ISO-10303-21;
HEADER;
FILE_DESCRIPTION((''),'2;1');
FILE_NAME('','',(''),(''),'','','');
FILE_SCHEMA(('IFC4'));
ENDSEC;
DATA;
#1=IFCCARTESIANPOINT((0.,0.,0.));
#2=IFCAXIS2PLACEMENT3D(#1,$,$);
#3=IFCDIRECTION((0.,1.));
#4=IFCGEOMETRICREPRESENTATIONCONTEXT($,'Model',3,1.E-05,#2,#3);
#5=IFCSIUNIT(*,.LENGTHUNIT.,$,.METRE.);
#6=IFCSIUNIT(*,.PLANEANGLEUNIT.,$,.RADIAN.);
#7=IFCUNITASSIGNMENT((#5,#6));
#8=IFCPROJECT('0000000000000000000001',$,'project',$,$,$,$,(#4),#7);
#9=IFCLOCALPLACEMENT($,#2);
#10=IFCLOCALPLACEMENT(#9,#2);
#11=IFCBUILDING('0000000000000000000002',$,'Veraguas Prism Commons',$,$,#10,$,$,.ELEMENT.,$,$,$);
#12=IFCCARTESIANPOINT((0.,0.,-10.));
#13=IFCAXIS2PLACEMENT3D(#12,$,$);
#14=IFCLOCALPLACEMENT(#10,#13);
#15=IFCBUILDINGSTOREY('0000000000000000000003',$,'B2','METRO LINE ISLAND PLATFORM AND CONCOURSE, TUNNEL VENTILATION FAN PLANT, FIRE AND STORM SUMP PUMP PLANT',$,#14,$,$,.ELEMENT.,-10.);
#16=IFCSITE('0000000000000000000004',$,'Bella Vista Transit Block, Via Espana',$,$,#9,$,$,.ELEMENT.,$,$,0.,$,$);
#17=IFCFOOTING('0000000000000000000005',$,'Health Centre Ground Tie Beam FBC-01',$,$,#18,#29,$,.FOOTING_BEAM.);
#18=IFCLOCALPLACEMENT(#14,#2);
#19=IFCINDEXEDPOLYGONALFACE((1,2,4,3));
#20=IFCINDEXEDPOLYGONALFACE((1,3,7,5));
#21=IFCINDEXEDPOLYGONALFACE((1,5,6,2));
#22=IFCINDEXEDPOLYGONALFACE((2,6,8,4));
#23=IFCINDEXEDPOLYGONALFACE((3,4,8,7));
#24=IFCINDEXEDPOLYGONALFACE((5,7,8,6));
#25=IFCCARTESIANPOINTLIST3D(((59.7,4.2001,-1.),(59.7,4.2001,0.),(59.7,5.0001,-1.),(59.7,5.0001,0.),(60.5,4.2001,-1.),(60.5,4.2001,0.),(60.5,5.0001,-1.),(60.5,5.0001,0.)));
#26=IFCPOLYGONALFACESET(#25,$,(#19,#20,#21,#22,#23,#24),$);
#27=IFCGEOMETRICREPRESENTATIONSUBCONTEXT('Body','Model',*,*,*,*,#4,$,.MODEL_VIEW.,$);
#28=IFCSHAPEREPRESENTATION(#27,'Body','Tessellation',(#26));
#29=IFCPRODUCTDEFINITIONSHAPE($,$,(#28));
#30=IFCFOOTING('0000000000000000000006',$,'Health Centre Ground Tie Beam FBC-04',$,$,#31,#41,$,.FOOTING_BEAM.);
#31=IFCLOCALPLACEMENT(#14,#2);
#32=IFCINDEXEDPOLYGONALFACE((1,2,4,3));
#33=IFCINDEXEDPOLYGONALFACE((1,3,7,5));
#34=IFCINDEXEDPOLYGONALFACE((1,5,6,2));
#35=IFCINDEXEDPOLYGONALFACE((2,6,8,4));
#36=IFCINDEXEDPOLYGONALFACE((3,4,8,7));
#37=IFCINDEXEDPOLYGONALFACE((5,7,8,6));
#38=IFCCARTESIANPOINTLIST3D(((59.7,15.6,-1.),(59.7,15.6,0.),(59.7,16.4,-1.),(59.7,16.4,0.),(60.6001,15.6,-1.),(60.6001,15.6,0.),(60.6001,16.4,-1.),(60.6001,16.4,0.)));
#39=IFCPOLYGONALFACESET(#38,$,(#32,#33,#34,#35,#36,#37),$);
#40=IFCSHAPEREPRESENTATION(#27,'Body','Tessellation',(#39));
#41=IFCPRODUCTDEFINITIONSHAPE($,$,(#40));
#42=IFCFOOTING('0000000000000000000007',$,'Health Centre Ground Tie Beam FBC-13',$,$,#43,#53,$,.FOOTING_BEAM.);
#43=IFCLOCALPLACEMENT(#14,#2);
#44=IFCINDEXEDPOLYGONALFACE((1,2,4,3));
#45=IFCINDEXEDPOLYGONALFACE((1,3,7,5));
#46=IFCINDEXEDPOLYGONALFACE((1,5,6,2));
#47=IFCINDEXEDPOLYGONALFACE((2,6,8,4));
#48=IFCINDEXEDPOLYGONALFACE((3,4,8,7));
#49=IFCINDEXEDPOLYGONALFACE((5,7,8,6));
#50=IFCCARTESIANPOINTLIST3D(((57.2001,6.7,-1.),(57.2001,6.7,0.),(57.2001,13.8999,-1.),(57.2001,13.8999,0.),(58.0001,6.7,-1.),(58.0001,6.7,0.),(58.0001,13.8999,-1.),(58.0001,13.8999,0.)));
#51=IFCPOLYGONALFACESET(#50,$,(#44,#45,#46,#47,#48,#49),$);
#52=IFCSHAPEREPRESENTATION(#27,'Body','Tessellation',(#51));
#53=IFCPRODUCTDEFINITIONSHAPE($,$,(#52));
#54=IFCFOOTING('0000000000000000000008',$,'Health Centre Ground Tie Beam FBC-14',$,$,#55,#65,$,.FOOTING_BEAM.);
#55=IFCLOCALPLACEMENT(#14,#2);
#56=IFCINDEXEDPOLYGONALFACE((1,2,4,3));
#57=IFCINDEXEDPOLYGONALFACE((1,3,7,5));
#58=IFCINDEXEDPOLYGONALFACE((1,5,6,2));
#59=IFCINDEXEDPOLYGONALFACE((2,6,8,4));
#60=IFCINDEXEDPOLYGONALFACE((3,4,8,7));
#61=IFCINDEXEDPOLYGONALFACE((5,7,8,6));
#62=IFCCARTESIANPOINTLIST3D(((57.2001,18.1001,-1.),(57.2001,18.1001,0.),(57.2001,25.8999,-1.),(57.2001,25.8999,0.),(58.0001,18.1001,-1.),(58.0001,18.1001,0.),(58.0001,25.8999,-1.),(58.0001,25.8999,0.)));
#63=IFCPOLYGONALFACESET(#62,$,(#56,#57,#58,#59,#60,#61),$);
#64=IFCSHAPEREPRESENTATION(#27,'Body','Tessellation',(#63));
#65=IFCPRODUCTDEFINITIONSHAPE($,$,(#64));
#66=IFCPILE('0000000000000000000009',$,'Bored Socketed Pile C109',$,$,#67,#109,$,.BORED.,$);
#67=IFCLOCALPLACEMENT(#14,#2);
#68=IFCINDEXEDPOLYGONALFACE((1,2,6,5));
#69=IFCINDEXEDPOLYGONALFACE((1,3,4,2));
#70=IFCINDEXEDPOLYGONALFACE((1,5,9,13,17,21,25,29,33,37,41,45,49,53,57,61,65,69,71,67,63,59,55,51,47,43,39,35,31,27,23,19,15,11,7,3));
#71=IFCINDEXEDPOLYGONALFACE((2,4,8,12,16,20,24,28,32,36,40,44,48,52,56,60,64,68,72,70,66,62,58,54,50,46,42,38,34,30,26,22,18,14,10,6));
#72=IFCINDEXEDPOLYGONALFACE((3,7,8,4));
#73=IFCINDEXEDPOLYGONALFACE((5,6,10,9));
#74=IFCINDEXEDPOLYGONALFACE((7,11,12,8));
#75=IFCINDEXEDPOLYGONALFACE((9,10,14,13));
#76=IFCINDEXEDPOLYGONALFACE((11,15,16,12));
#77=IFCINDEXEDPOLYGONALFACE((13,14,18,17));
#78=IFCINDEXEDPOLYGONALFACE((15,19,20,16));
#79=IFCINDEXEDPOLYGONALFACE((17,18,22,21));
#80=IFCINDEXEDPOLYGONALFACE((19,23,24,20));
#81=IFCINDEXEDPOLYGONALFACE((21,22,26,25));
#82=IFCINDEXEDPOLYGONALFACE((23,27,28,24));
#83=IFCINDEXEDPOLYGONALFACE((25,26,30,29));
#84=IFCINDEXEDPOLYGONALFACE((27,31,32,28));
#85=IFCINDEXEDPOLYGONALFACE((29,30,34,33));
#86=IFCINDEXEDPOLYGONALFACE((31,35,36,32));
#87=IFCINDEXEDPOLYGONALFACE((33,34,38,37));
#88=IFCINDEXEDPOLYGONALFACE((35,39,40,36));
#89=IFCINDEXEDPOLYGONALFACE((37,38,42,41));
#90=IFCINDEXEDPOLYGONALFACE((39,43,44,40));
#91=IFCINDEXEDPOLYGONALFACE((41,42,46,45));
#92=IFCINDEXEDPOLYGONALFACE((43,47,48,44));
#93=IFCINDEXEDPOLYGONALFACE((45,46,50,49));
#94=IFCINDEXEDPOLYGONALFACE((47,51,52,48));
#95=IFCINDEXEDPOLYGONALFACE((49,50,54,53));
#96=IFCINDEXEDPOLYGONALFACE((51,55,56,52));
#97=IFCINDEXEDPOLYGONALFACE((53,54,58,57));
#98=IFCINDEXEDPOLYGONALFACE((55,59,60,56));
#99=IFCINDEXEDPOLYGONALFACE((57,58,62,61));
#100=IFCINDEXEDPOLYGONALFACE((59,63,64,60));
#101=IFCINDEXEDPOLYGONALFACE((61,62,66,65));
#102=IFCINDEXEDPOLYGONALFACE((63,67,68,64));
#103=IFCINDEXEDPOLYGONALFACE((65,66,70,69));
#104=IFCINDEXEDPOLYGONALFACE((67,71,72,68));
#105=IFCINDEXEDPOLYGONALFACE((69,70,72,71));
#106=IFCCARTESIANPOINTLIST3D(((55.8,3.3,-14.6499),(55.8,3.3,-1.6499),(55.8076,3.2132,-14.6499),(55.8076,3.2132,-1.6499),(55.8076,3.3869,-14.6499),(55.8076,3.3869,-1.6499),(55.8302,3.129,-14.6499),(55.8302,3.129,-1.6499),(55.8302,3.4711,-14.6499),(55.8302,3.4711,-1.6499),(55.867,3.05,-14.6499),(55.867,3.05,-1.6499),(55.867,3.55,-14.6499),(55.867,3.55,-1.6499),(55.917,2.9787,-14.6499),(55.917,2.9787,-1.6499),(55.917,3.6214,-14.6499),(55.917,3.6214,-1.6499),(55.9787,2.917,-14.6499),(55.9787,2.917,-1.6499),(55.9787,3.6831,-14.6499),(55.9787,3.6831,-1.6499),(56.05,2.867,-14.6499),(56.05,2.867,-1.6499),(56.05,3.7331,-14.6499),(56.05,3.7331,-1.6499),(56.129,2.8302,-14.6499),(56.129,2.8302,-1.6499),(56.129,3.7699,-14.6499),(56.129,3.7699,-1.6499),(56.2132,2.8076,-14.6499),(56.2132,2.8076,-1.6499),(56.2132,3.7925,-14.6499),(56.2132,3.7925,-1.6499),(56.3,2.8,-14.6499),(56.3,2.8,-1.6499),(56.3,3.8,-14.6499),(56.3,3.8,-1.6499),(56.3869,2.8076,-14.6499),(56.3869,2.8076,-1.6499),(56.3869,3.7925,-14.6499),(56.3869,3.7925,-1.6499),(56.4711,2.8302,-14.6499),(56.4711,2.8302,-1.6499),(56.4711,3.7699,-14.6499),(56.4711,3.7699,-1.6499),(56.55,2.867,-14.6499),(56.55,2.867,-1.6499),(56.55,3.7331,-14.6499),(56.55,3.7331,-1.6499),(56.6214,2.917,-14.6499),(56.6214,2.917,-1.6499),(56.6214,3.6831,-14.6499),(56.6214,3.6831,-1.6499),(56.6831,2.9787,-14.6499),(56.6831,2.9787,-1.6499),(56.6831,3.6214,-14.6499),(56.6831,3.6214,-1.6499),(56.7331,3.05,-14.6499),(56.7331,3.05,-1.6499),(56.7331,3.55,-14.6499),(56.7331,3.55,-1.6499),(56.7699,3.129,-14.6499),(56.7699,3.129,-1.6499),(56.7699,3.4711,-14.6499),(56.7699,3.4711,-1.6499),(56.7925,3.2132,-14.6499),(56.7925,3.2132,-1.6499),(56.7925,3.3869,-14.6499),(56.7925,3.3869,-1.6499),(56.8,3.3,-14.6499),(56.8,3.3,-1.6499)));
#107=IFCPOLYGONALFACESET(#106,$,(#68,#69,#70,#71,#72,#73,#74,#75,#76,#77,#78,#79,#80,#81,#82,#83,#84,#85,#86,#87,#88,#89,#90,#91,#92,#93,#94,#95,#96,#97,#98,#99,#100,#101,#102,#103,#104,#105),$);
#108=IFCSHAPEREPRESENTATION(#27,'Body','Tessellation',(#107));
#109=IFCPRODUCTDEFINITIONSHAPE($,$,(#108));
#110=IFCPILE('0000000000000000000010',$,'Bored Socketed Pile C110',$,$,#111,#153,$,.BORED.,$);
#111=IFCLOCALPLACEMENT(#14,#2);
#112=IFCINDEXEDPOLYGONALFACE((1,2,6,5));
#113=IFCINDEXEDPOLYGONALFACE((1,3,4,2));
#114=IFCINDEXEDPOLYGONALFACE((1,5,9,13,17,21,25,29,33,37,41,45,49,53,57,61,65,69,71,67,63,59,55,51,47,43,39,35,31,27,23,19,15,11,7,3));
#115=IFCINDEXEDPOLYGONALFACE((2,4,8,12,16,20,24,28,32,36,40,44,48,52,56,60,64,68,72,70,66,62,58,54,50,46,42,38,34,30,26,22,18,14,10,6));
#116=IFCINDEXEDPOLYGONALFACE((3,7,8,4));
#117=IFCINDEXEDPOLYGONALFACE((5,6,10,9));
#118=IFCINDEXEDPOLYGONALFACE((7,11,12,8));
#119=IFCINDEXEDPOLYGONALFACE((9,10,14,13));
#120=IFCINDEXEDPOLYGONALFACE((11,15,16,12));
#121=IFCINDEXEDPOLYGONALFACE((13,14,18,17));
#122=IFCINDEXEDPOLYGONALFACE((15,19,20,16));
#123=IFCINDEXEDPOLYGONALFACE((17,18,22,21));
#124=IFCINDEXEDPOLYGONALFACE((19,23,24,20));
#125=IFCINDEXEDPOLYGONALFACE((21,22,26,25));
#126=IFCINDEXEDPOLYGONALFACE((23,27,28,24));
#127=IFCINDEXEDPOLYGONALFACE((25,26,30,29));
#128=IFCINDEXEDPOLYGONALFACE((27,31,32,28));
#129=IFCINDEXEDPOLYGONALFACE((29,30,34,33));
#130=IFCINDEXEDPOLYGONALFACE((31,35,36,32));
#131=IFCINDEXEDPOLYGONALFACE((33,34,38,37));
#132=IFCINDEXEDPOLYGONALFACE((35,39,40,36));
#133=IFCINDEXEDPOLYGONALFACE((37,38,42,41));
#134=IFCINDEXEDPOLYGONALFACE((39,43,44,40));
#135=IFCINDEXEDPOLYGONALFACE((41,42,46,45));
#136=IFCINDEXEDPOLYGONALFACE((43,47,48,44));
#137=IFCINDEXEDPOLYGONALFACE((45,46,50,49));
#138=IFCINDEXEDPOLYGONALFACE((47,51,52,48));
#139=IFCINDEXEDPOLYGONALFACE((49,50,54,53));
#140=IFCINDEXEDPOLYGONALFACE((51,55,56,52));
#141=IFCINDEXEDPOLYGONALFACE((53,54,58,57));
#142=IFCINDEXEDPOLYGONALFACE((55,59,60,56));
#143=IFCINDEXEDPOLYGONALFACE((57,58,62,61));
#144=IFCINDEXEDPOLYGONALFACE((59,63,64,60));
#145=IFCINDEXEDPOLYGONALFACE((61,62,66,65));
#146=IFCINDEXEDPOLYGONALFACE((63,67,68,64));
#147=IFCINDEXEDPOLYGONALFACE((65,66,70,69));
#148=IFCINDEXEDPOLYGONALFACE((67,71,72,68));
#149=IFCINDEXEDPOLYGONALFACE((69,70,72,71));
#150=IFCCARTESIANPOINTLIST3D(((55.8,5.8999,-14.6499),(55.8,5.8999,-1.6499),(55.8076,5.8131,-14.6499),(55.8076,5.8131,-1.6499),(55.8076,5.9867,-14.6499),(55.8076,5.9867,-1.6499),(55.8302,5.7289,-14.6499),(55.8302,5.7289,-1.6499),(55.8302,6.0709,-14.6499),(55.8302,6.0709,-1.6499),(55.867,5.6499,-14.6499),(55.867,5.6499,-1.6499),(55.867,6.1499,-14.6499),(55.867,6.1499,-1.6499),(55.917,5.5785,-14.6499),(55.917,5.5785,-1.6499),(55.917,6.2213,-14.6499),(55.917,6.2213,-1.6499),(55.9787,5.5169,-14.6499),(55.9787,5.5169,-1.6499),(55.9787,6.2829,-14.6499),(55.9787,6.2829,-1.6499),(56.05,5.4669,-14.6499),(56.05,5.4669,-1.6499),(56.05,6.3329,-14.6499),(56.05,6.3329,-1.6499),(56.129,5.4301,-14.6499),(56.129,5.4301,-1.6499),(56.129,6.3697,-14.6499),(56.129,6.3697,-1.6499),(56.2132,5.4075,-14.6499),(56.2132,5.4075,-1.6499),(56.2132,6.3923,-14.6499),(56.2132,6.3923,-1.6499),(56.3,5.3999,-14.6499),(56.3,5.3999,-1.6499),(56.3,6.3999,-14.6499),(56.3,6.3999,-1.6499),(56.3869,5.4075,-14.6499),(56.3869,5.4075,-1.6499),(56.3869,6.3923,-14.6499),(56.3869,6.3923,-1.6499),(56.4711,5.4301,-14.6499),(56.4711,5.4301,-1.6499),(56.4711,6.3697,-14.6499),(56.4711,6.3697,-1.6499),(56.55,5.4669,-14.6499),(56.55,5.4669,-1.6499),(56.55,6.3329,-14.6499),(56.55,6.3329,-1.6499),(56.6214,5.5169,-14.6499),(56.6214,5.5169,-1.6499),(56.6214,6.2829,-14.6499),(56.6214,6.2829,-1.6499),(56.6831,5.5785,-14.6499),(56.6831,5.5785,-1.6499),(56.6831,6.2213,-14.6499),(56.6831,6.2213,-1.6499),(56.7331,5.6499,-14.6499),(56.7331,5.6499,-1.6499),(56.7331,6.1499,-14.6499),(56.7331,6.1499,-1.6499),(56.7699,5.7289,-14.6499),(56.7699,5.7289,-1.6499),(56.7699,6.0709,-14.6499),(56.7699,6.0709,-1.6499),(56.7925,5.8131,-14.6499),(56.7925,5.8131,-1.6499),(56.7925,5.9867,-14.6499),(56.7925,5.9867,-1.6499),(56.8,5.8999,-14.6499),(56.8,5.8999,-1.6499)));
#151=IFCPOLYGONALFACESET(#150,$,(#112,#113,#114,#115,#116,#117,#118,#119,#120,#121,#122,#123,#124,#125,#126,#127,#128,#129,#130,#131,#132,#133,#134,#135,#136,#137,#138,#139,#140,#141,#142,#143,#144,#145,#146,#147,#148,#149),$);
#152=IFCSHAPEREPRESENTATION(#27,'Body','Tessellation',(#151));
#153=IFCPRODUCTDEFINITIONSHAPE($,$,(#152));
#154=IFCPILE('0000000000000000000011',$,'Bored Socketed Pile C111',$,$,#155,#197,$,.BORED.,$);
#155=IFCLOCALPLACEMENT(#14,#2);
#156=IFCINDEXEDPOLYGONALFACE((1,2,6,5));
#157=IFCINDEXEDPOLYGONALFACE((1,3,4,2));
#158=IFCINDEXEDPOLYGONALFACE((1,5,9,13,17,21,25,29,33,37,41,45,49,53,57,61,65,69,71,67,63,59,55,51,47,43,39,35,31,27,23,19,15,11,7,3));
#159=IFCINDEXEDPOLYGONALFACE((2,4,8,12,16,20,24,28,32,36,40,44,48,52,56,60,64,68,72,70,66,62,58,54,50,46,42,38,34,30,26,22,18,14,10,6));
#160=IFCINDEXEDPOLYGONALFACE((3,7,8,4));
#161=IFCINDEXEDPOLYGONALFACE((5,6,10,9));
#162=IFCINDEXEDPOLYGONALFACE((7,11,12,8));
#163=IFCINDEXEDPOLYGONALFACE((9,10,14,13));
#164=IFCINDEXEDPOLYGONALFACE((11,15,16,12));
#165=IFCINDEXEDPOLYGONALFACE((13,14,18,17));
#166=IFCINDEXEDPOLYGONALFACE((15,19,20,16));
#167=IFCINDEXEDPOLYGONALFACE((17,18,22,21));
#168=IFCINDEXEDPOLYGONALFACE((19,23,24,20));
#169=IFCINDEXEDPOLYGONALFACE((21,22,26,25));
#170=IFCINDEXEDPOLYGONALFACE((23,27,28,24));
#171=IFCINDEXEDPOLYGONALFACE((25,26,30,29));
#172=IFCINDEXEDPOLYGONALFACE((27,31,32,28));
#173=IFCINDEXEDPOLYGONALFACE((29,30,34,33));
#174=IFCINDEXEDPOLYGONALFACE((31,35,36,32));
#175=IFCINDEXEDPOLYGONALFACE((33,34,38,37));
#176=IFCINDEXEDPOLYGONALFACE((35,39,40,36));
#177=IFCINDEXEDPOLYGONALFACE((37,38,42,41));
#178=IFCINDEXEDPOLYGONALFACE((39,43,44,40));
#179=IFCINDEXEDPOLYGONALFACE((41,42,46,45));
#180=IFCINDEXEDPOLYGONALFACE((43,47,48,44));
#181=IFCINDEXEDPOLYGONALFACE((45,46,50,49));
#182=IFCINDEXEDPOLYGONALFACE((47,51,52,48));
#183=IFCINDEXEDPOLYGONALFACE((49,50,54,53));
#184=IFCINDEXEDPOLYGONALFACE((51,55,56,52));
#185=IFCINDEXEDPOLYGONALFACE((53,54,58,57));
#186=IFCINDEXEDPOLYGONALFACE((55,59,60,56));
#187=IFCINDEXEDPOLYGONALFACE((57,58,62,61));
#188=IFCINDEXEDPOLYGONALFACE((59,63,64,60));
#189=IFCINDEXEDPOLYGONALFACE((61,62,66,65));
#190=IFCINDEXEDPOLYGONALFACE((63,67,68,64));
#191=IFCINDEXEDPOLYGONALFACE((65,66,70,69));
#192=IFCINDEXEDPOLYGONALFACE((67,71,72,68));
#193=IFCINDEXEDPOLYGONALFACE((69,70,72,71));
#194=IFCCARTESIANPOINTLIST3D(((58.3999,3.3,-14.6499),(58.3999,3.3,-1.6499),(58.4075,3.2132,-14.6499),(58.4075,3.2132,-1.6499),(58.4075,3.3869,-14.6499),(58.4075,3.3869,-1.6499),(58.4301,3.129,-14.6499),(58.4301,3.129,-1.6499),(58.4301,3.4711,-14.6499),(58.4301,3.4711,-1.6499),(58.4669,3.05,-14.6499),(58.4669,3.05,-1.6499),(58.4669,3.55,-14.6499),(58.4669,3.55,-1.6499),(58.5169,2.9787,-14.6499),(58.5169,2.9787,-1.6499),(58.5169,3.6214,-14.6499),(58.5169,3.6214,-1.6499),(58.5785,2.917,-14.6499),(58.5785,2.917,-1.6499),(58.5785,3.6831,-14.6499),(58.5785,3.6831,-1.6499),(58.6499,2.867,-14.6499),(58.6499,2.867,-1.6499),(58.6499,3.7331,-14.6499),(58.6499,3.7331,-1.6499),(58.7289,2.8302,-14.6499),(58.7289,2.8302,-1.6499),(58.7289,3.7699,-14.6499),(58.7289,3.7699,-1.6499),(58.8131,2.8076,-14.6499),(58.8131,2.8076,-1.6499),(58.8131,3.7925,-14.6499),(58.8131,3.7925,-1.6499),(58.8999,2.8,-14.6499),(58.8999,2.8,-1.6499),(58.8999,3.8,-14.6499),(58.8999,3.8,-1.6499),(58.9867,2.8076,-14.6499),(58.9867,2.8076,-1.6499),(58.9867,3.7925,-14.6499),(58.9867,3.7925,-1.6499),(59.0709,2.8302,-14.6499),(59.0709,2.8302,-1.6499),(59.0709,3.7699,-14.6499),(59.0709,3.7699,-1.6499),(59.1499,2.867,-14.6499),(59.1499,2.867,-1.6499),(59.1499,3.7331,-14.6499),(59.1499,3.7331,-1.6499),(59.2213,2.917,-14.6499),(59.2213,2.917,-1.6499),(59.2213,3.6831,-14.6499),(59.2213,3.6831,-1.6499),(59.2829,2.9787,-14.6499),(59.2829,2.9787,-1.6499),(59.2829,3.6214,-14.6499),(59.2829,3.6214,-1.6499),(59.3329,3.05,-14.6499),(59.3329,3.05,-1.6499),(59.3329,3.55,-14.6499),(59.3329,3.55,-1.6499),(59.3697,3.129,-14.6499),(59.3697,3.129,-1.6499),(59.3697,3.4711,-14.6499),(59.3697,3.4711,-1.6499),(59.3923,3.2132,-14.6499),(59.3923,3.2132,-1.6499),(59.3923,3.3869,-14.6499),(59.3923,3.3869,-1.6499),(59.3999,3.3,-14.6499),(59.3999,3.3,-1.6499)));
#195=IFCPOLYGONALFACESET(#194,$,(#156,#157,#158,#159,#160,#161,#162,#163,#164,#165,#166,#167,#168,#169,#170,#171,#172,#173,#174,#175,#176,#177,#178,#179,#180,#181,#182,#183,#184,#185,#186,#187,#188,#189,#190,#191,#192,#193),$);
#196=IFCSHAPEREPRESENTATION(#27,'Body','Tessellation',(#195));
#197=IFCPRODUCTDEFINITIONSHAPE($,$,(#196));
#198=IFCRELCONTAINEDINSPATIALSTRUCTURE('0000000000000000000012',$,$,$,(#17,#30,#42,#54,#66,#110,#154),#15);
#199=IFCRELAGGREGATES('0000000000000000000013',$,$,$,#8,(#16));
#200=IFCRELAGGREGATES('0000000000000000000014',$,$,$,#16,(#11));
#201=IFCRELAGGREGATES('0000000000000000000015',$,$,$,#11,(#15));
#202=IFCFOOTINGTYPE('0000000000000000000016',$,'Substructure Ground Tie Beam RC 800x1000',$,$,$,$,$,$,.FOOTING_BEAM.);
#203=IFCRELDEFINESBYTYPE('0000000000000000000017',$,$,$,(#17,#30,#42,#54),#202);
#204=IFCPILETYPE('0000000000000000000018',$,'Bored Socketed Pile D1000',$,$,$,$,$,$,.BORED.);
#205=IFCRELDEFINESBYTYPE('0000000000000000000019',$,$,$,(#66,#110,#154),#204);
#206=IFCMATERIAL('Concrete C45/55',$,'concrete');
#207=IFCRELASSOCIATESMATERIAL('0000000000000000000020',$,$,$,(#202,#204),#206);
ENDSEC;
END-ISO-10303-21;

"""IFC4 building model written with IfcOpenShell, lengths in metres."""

from ifc_helpers import new_model, si_unit, direction, frame, origin, origin_2d, place, context, subcontext, project, spatial, rectangle, circle, extrude, source, transform, mapped, material, material_profile, profile_set, type_object, element, save


model = new_model("IFC4")

# Units and contexts
model_context = context("Model", 3, precision=1e-05, world=origin(), true_north=direction((0.0, 1.0)))
body_context = subcontext(model_context, "Body", "Model", "MODEL_VIEW")
ifc_project = project(units=[si_unit("LENGTHUNIT", "METRE"), si_unit("PLANEANGLEUNIT", "RADIAN")], contexts=[model_context])

# Site, building, storey
site_placement = place(None, origin())
site = spatial("IfcSite", under=ifc_project, at=site_placement, Name="Bella Vista Transit Block, Via Espana", CompositionType="ELEMENT", RefElevation=0.0)
building_placement = place(site_placement, origin())
building = spatial("IfcBuilding", under=site, at=building_placement, Name="Veraguas Prism Commons", CompositionType="ELEMENT")
storey_placement = place(building_placement, frame((0.0, 0.0, -10.0)))
storey = spatial("IfcBuildingStorey", under=building, at=storey_placement, Name="B2", Description="METRO LINE ISLAND PLATFORM AND CONCOURSE, TUNNEL VENTILATION FAN PLANT, FIRE AND STORM SUMP PUMP PLANT", CompositionType="ELEMENT", Elevation=-10.0)

# Footings
ifc_material_1 = material(Name="Concrete C45/55", Category="concrete")
ifc_material_profile_1 = material_profile(ifc_material_1, rectangle(XDim=0.8, YDim=1.0, at=origin_2d()), Name="RC800X1000")
ifc_profile_set_1 = profile_set([ifc_material_profile_1], Name="Concrete C45/55")
footing_type_1 = type_object("IfcFootingType", Name="Substructure Ground Tie Beam RC 800x1000", PredefinedType="FOOTING_BEAM", material=ifc_profile_set_1)
footing_1_placement = place(storey_placement, frame((59.7, 4.6001, -0.5), z_axis=(1.0, 0.0, 0.0), x_axis=(0.0, 1.0, 0.0)))
element("IfcFooting", 1, at=footing_1_placement, inside=storey, type_object=footing_type_1, Name="Health Centre Ground Tie Beam FBC-01", PredefinedType="FOOTING_BEAM", context=body_context, shape_type="SweptSolid", body=[
    extrude(rectangle(XDim=0.8, YDim=1.0, at=origin_2d()), origin(), (0.0, 0.0, 1.0), 0.8),
])
footing_2_placement = place(storey_placement, frame((59.7, 16.0, -0.5), z_axis=(1.0, 0.0, 0.0), x_axis=(0.0, 1.0, 0.0)))
element("IfcFooting", 2, at=footing_2_placement, inside=storey, type_object=footing_type_1, Name="Health Centre Ground Tie Beam FBC-04", PredefinedType="FOOTING_BEAM", context=body_context, shape_type="SweptSolid", body=[
    extrude(rectangle(XDim=0.8, YDim=1.0, at=origin_2d()), origin(), (0.0, 0.0, 1.0), 0.9001),
])
footing_3_placement = place(storey_placement, frame((57.6001, 6.7, -0.5), z_axis=(0.0, 1.0, 0.0), x_axis=(-1.0, 0.0, 0.0)))
element("IfcFooting", 3, at=footing_3_placement, inside=storey, type_object=footing_type_1, Name="Health Centre Ground Tie Beam FBC-13", PredefinedType="FOOTING_BEAM", context=body_context, shape_type="SweptSolid", body=[
    extrude(rectangle(XDim=0.8, YDim=1.0, at=origin_2d()), origin(), (0.0, 0.0, 1.0), 7.2),
])
footing_4_placement = place(storey_placement, frame((57.6001, 18.1001, -0.5), z_axis=(0.0, 1.0, 0.0), x_axis=(-1.0, 0.0, 0.0)))
element("IfcFooting", 4, at=footing_4_placement, inside=storey, type_object=footing_type_1, Name="Health Centre Ground Tie Beam FBC-14", PredefinedType="FOOTING_BEAM", context=body_context, shape_type="SweptSolid", body=[
    extrude(rectangle(XDim=0.8, YDim=1.0, at=origin_2d()), origin(), (0.0, 0.0, 1.0), 7.7998),
])

# Piles
ifc_material_profile_2 = material_profile(ifc_material_1, circle(Radius=0.5, at=origin_2d()), Name="PILE1000")
ifc_profile_set_2 = profile_set([ifc_material_profile_2], Name="Concrete C45/55")
pile_type = type_object("IfcPileType", Name="Bored Socketed Pile D1000", PredefinedType="BORED", material=ifc_profile_set_2)
shared_shape_1 = source(origin(), body_context, "Body", "SweptSolid", [
    extrude(circle(Radius=0.5, at=origin_2d()), origin(), (0.0, 0.0, 1.0), 13.0),
])
for number, where, z_axis, x_axis, name in (
    (5, (56.3, 3.3, -1.6499), (0.0, 0.0, -1.0), (1.0, 0.0, 0.0), "Bored Socketed Pile C109"),
    (6, (56.3, 5.8999, -1.6499), (0.0, 0.0, -1.0), (1.0, 0.0, 0.0), "Bored Socketed Pile C110"),
    (7, (58.8999, 3.3, -1.6499), (0.0, 0.0, -1.0), (1.0, 0.0, 0.0), "Bored Socketed Pile C111"),
):
    element("IfcPile", number, at=place(storey_placement, frame(where, z_axis=z_axis, x_axis=x_axis)), inside=storey, type_object=pile_type, Name=name, PredefinedType="BORED", context=body_context, shape_type="MappedRepresentation", body=[
        mapped(shared_shape_1, transform((0.0, 0.0, 0.0), scale=1.0)),
    ])

save(model, "model.ifc")
